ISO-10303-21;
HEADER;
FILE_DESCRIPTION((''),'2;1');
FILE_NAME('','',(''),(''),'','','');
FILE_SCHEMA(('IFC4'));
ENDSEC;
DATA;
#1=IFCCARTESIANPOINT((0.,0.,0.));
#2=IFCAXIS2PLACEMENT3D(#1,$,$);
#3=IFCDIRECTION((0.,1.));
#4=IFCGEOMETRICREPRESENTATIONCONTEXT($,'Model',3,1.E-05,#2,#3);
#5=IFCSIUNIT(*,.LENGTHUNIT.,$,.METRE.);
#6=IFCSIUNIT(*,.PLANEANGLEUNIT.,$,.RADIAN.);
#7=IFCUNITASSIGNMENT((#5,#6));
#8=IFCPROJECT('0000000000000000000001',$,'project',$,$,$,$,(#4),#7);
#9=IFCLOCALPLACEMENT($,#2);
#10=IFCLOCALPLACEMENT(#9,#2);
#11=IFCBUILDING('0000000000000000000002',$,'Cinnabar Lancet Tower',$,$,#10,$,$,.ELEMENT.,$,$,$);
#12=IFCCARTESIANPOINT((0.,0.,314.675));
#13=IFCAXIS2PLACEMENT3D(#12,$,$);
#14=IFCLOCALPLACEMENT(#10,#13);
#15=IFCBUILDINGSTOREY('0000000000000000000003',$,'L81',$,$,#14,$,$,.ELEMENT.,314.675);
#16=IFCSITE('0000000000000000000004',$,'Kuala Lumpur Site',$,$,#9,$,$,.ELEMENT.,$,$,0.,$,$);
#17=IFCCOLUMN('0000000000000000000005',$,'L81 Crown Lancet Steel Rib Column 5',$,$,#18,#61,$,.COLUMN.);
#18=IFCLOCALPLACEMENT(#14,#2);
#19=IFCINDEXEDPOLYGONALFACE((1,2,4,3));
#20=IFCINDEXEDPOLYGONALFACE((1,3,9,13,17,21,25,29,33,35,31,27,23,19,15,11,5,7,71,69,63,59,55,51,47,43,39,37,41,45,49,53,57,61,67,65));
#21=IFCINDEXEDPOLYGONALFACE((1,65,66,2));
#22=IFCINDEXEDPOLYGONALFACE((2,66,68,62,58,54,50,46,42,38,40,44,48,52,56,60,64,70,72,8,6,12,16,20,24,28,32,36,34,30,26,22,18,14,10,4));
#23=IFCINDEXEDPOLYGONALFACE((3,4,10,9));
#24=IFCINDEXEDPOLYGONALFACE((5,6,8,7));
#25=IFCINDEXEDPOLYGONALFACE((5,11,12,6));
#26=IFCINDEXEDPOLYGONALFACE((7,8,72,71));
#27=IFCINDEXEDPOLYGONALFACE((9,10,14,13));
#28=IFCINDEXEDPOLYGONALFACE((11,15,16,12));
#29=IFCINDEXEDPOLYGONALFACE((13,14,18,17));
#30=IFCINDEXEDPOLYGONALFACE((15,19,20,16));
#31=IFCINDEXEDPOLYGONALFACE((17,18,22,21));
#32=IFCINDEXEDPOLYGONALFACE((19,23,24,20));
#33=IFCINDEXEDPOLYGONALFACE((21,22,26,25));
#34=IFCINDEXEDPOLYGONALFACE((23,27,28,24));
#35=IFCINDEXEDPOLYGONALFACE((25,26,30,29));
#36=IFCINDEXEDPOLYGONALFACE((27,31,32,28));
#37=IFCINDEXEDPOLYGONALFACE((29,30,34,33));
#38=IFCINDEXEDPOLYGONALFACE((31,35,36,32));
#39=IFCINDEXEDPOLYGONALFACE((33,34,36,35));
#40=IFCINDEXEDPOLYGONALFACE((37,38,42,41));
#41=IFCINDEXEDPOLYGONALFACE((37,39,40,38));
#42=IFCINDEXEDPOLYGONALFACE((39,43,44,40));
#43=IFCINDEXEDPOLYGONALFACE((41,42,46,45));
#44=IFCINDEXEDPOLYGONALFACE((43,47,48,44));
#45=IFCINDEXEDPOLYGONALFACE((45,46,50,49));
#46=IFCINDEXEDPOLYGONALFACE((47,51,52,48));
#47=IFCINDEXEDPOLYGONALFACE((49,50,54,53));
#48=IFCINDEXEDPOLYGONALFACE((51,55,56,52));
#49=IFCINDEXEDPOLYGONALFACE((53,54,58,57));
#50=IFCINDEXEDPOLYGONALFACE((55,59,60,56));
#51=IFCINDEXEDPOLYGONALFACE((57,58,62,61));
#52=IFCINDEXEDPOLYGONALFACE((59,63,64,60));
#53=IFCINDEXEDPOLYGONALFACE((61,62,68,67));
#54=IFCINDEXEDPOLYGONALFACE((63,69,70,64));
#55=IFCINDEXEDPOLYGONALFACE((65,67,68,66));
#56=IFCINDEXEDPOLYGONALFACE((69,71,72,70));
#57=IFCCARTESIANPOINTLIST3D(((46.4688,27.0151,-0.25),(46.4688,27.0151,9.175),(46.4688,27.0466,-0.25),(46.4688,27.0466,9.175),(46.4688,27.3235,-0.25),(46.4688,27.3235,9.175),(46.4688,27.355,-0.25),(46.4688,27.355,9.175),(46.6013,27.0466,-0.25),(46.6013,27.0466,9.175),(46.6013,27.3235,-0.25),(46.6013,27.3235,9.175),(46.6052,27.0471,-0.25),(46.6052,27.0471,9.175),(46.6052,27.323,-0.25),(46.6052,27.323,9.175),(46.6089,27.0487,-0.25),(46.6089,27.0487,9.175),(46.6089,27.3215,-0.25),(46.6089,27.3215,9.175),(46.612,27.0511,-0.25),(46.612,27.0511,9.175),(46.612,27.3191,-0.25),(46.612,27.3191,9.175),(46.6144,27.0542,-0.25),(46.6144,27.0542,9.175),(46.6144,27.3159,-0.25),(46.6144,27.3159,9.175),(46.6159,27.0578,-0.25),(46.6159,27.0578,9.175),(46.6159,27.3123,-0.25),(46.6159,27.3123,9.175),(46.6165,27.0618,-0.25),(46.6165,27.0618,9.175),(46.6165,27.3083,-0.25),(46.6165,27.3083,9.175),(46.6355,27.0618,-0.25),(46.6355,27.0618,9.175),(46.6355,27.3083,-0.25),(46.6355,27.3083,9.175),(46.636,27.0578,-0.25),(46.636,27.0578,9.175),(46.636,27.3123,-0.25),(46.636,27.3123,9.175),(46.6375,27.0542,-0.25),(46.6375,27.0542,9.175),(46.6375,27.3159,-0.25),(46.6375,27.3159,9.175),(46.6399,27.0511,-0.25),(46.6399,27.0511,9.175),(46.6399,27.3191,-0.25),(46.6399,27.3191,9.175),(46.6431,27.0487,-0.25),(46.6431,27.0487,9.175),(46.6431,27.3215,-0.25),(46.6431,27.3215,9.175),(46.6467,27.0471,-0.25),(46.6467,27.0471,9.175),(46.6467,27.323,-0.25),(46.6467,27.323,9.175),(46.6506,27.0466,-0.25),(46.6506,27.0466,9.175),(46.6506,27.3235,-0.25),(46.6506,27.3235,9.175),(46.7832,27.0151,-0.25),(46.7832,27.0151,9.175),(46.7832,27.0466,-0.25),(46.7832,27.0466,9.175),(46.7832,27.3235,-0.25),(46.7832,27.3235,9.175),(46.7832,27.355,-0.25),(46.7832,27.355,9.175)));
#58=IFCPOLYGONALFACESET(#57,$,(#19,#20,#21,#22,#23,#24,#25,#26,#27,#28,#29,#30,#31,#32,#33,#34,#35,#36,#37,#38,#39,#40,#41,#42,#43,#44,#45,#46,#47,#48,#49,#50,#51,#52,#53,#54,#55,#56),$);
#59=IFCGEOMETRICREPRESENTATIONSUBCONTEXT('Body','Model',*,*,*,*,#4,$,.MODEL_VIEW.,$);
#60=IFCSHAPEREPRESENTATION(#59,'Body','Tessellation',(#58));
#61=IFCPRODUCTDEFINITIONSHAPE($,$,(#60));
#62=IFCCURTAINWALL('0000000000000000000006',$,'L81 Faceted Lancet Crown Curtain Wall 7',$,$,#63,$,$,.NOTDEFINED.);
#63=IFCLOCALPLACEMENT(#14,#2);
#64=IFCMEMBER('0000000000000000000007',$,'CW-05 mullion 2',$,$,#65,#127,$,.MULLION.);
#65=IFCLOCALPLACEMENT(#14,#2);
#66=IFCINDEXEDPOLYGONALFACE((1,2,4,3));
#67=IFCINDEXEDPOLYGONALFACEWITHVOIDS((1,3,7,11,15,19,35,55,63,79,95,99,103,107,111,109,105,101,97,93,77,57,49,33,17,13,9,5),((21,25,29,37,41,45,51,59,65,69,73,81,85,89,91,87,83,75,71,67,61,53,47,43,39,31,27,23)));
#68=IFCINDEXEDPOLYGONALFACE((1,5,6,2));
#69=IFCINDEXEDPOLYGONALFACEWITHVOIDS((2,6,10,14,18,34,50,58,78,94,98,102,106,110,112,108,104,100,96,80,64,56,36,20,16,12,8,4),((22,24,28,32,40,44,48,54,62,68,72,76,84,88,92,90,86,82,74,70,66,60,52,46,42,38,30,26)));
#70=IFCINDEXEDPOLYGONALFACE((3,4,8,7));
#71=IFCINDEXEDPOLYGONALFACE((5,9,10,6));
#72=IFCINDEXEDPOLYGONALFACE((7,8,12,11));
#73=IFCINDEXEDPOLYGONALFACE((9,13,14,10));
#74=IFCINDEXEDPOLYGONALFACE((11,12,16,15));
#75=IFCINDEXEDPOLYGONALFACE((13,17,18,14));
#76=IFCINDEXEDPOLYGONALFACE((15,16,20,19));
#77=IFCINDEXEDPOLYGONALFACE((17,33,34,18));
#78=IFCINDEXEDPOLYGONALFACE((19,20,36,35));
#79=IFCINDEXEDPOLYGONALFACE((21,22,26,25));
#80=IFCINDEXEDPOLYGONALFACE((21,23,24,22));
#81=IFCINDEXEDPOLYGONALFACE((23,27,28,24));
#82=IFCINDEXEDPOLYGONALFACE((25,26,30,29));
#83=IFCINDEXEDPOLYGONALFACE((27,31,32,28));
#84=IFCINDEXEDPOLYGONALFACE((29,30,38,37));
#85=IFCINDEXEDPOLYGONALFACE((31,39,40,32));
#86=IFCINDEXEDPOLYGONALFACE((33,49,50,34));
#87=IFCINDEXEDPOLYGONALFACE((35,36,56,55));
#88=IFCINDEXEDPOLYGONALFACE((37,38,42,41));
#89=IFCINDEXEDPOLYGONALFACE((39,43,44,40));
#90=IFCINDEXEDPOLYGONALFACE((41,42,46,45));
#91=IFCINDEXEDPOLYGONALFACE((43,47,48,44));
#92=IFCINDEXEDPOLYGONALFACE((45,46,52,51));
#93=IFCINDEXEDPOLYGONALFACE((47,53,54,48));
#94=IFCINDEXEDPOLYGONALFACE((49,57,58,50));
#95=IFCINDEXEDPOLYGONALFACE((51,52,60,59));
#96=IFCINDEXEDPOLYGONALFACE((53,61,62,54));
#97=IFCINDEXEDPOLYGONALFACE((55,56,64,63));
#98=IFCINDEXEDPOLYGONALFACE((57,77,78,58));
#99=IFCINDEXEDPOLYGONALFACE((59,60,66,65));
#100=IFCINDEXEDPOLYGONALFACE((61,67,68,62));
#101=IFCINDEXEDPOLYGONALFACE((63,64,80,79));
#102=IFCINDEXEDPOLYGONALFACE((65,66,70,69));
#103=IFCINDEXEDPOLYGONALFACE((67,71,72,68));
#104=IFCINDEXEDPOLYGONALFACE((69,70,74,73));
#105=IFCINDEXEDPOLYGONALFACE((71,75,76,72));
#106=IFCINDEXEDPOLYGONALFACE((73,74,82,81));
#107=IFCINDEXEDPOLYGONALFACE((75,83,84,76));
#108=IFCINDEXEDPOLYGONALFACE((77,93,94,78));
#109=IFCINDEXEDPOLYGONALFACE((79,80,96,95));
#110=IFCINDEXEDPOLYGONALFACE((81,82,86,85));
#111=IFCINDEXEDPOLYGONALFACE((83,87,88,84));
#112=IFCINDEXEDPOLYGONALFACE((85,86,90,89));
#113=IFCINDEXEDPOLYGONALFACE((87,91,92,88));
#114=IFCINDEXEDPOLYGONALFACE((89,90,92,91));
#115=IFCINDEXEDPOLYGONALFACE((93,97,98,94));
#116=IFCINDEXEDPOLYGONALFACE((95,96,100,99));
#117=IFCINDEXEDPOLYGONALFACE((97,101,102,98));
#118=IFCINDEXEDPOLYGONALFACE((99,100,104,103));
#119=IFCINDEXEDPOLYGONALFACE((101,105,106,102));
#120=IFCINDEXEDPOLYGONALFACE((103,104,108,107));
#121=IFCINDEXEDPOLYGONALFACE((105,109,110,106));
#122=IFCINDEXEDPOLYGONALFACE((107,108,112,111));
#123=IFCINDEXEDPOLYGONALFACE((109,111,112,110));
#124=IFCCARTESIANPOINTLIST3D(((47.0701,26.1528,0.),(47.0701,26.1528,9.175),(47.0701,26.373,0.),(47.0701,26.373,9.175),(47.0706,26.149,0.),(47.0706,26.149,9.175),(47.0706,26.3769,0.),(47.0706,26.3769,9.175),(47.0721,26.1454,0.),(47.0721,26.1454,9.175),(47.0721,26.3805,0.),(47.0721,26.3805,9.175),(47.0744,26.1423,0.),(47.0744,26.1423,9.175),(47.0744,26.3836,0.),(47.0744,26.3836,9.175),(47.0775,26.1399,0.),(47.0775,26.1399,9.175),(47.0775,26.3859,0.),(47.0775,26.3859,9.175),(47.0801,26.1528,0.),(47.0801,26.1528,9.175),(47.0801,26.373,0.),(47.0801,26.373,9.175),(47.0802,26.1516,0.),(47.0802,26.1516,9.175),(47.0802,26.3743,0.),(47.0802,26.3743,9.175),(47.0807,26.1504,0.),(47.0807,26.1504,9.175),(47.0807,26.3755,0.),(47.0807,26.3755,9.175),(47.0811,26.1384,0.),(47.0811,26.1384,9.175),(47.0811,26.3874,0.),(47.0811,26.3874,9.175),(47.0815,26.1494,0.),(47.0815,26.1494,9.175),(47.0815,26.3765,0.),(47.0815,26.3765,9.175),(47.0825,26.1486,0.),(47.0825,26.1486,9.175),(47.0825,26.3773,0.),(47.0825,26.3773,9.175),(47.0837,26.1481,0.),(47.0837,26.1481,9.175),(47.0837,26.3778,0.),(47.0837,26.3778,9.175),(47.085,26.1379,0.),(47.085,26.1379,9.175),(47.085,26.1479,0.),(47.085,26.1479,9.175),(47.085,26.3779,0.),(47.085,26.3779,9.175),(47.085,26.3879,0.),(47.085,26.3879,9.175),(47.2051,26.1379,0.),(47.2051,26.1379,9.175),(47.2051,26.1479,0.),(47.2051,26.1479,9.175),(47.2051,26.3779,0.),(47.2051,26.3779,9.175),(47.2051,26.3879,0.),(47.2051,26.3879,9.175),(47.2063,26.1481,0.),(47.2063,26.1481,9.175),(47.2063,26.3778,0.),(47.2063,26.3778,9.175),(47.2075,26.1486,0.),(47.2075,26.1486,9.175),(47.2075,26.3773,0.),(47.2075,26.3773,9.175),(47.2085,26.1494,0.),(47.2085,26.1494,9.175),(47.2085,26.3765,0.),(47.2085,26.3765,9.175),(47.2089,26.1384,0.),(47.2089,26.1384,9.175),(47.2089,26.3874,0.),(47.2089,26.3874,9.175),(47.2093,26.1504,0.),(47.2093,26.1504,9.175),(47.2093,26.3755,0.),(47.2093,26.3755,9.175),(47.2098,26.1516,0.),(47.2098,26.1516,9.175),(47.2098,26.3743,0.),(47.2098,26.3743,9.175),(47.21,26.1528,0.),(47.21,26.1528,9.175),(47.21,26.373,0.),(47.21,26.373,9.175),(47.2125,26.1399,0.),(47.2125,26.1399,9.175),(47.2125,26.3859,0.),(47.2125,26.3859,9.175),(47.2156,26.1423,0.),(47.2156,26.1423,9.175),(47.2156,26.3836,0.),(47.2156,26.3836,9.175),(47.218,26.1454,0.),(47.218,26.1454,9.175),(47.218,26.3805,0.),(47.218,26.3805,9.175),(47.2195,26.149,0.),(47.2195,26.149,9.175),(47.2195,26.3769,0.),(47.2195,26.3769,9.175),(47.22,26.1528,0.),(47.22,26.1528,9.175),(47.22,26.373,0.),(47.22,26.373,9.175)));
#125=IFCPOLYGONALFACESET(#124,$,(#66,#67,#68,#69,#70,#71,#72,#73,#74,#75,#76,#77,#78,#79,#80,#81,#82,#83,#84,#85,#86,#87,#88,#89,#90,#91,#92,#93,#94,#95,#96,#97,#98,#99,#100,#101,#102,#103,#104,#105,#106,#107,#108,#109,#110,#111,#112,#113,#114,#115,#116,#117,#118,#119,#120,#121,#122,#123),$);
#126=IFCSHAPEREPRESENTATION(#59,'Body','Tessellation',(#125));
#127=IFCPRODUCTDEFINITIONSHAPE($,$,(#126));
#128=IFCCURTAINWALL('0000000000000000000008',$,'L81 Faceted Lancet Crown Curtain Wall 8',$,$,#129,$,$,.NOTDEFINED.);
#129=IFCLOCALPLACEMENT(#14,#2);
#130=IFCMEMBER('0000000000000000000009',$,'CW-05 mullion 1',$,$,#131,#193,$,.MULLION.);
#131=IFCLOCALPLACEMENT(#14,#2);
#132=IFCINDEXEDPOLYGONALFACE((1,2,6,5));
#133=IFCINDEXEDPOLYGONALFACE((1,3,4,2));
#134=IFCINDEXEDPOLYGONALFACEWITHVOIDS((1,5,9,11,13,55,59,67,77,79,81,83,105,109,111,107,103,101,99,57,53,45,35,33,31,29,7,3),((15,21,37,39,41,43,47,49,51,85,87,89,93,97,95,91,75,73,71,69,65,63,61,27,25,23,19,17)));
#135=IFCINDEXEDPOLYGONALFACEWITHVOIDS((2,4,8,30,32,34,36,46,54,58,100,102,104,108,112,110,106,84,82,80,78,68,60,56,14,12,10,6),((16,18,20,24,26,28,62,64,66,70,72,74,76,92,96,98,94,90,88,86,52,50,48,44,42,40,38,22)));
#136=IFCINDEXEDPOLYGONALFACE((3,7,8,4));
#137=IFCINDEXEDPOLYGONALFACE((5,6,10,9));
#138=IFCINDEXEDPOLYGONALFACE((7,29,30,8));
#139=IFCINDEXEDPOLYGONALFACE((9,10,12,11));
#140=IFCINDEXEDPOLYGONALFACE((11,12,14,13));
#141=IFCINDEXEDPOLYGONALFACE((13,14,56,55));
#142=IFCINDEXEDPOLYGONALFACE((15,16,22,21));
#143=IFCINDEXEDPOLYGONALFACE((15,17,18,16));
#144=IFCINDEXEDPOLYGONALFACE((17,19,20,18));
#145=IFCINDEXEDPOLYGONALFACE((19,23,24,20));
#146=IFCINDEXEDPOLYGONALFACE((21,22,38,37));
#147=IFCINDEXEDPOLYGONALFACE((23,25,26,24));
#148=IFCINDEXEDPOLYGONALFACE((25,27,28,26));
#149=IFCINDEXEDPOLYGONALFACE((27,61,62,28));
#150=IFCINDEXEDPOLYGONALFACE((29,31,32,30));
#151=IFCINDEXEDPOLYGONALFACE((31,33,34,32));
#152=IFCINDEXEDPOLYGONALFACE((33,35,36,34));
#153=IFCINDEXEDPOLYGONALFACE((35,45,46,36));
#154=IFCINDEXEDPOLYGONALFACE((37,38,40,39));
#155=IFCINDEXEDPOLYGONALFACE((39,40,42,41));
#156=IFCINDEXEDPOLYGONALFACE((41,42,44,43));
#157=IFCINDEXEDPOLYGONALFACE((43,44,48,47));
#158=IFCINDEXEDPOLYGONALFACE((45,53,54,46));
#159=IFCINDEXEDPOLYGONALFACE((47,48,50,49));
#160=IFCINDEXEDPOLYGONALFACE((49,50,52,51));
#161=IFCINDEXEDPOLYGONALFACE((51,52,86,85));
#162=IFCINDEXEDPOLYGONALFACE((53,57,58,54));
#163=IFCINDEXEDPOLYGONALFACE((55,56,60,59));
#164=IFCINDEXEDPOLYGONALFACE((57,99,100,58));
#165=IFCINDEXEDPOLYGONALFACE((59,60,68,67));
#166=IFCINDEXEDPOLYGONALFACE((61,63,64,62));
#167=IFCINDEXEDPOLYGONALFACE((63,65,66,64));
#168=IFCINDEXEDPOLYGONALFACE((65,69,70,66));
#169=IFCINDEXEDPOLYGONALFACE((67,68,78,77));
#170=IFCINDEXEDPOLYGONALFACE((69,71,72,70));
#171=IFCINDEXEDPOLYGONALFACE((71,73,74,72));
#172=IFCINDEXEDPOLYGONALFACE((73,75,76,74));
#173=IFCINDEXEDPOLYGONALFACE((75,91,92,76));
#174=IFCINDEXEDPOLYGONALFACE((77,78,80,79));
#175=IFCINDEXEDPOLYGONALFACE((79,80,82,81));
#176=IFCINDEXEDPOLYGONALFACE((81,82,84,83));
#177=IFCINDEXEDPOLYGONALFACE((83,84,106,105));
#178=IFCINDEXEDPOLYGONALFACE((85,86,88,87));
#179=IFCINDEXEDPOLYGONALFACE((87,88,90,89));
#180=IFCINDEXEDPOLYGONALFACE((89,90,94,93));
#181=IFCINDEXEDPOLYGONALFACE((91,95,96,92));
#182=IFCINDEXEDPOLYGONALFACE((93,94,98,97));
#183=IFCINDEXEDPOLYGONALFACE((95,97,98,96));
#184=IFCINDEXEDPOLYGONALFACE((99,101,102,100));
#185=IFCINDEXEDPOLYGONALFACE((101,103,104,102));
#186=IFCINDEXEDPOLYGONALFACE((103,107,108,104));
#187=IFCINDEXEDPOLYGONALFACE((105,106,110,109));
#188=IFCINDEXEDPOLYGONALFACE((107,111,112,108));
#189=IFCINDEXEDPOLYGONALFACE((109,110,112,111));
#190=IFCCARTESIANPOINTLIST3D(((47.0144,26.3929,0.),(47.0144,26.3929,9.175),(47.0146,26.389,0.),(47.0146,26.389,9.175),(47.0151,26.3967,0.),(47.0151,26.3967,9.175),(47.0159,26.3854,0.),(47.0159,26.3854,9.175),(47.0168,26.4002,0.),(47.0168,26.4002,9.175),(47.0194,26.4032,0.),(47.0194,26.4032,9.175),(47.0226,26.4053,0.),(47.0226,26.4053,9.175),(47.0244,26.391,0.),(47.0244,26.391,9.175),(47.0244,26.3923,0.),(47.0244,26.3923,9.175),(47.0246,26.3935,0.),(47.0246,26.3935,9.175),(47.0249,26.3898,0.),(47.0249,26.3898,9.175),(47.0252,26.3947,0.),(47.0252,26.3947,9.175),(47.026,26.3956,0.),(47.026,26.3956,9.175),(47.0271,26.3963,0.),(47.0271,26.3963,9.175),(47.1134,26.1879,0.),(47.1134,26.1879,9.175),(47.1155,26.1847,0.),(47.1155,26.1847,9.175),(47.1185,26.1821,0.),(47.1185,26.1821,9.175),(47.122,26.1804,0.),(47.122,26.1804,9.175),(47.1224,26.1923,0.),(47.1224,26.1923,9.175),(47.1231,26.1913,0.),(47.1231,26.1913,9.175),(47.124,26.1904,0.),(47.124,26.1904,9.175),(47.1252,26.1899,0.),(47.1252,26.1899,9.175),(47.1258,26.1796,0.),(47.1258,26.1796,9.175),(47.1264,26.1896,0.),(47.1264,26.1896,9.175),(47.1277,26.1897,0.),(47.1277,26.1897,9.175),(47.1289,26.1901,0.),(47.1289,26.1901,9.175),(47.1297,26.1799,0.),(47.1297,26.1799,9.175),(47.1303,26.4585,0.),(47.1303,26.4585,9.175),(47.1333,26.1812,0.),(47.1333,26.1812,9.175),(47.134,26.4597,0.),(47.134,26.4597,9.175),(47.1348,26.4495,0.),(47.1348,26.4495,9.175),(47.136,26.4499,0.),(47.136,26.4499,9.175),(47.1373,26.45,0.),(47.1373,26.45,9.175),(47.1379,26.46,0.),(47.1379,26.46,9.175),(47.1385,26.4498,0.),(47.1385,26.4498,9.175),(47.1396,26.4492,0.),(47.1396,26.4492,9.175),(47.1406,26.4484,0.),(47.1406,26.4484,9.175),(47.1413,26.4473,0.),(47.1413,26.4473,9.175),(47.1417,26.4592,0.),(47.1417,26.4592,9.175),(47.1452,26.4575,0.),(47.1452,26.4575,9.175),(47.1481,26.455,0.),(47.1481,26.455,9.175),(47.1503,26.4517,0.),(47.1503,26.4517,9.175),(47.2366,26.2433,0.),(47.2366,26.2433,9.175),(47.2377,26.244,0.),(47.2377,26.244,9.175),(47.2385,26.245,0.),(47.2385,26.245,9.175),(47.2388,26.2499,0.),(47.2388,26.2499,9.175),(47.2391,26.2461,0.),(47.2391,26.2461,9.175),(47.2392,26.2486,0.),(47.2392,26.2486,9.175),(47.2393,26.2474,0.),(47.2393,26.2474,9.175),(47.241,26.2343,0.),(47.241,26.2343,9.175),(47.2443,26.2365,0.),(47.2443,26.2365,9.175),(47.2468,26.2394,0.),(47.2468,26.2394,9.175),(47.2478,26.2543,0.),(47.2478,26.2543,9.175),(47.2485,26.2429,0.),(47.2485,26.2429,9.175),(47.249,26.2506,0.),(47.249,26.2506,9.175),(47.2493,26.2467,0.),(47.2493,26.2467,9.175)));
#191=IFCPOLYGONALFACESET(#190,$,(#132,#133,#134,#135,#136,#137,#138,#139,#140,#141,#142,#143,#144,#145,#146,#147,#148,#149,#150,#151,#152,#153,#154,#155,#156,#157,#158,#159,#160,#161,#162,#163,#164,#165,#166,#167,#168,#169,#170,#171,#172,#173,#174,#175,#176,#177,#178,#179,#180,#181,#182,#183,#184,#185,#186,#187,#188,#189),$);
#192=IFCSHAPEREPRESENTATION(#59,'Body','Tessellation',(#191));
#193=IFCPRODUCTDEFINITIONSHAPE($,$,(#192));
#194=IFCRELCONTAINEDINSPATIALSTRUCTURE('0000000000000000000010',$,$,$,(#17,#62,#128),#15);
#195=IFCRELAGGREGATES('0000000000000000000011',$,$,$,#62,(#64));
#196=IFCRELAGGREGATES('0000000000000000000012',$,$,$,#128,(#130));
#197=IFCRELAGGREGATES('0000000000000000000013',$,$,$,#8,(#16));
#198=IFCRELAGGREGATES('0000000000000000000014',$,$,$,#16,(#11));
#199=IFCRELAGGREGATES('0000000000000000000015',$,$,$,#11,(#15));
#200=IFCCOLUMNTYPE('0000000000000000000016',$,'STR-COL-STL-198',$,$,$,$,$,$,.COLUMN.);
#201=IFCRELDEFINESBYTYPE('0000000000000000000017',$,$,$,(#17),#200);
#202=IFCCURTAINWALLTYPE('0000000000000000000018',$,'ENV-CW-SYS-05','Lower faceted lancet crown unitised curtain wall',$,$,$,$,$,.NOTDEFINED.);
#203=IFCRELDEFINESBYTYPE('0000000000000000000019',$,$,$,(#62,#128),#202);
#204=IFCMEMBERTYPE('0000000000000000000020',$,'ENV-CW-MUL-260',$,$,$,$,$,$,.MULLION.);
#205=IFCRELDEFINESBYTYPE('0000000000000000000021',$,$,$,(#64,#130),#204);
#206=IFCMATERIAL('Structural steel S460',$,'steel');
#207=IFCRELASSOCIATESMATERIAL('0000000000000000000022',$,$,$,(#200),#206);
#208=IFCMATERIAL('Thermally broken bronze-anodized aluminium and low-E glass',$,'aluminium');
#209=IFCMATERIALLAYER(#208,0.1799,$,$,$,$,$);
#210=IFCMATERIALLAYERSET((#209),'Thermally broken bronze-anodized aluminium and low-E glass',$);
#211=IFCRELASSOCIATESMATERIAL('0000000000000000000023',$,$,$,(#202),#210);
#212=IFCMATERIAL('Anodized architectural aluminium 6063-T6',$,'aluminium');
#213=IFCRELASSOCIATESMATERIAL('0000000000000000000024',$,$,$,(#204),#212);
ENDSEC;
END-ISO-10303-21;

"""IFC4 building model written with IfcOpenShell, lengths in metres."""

from ifc_helpers import new_model, si_unit, direction, frame, origin, origin_2d, place, context, subcontext, project, spatial, hollow_rectangle, i_section, extrude, material, layer, layer_set, material_profile, profile_set, type_object, element, aggregate, save


model = new_model("IFC4")

# Units and contexts
model_context = context("Model", 3, precision=1e-05, world=origin(), true_north=direction((0.0, 1.0)))
body_context = subcontext(model_context, "Body", "Model", "MODEL_VIEW")
ifc_project = project(units=[si_unit("LENGTHUNIT", "METRE"), si_unit("PLANEANGLEUNIT", "RADIAN")], contexts=[model_context])

# Site, building, storey
site_placement = place(None, origin())
site = spatial("IfcSite", under=ifc_project, at=site_placement, Name="Kuala Lumpur Site", CompositionType="ELEMENT", RefElevation=0.0)
building_placement = place(site_placement, origin())
building = spatial("IfcBuilding", under=site, at=building_placement, Name="Cinnabar Lancet Tower", CompositionType="ELEMENT")
storey_placement = place(building_placement, frame((0.0, 0.0, 314.675)))
storey = spatial("IfcBuildingStorey", under=building, at=storey_placement, Name="L81", CompositionType="ELEMENT", Elevation=314.675)

# Column
ifc_material_1 = material(Name="Structural steel S460", Category="steel")
ifc_material_profile_1 = material_profile(ifc_material_1, i_section(OverallWidth=0.3145, OverallDepth=0.3398, WebThickness=0.019, FlangeThickness=0.0315, FilletRadius=0.0151, at=origin_2d()), Name="UKC 305x305x198")
ifc_profile_set_1 = profile_set([ifc_material_profile_1], Name="Structural steel S460")
column_type = type_object("IfcColumnType", Name="STR-COL-STL-198", PredefinedType="COLUMN", material=ifc_profile_set_1)
column_placement = place(storey_placement, frame((46.626, 27.1851, -0.25), z_axis=(0.0, 0.0, 1.0), x_axis=(1.0, 0.0, 0.0)))
element("IfcColumn", 1, at=column_placement, inside=storey, type_object=column_type, Name="L81 Crown Lancet Steel Rib Column 5", PredefinedType="COLUMN", context=body_context, shape_type="SweptSolid", body=[
    extrude(i_section(OverallWidth=0.3145, OverallDepth=0.3398, WebThickness=0.019, FlangeThickness=0.0315, FilletRadius=0.0151, at=origin_2d()), origin(), (0.0, 0.0, 1.0), 9.425),
])

# Curtain wall, member
ifc_material_2 = material(Name="Thermally broken bronze-anodized aluminium and low-E glass", Category="aluminium")
ifc_layer_1 = layer(ifc_material_2, 0.1799)
ifc_layer_set_1 = layer_set([ifc_layer_1], Name="Thermally broken bronze-anodized aluminium and low-E glass")
curtain_wall_type = type_object("IfcCurtainWallType", Name="ENV-CW-SYS-05", Description="Lower faceted lancet crown unitised curtain wall", PredefinedType="NOTDEFINED", material=ifc_layer_set_1)
curtain_wall_1_placement = place(storey_placement, origin())
curtain_wall_1 = element("IfcCurtainWall", 2, at=curtain_wall_1_placement, inside=storey, type_object=curtain_wall_type, Name="L81 Faceted Lancet Crown Curtain Wall 7", PredefinedType="NOTDEFINED")
ifc_material_3 = material(Name="Anodized architectural aluminium 6063-T6", Category="aluminium")
ifc_material_profile_2 = material_profile(ifc_material_3, hollow_rectangle(XDim=0.1499, YDim=0.25, WallThickness=0.01, InnerFilletRadius=0.0049, OuterFilletRadius=0.0149, at=origin_2d()), Name="RHS 250x150x10")
ifc_profile_set_2 = profile_set([ifc_material_profile_2], Name="Anodized architectural aluminium 6063-T6")
member_type_1 = type_object("IfcMemberType", Name="ENV-CW-MUL-260", PredefinedType="MULLION", material=ifc_profile_set_2)
member_1_placement = place(storey_placement, frame((47.145, 26.2629, 0.0), z_axis=(0.0, 0.0, 1.0), x_axis=(-1.0, 0.0, 0.0)))
member_1 = element("IfcMember", 3, at=member_1_placement, type_object=member_type_1, Name="CW-05 mullion 2", PredefinedType="MULLION", context=body_context, shape_type="SweptSolid", body=[
    extrude(hollow_rectangle(XDim=0.1499, YDim=0.25, WallThickness=0.01, InnerFilletRadius=0.0049, OuterFilletRadius=0.0149, at=origin_2d()), origin(), (0.0, 0.0, 1.0), 9.175),
])

# Curtain wall, member
curtain_wall_2_placement = place(storey_placement, origin())
curtain_wall_2 = element("IfcCurtainWall", 4, at=curtain_wall_2_placement, inside=storey, type_object=curtain_wall_type, Name="L81 Faceted Lancet Crown Curtain Wall 8", PredefinedType="NOTDEFINED")
member_2_placement = place(storey_placement, frame((47.1318, 26.3198, 0.0), z_axis=(0.0, 0.0, 1.0), x_axis=(-0.896636, -0.442768, 0.0)))
member_2 = element("IfcMember", 5, at=member_2_placement, type_object=member_type_1, Name="CW-05 mullion 1", PredefinedType="MULLION", context=body_context, shape_type="SweptSolid", body=[
    extrude(hollow_rectangle(XDim=0.1499, YDim=0.25, WallThickness=0.01, InnerFilletRadius=0.0049, OuterFilletRadius=0.0149, at=origin_2d()), origin(), (0.0, 0.0, 1.0), 9.175),
])

aggregate(curtain_wall_1, [member_1])
aggregate(curtain_wall_2, [member_2])

save(model, "model.ifc")
